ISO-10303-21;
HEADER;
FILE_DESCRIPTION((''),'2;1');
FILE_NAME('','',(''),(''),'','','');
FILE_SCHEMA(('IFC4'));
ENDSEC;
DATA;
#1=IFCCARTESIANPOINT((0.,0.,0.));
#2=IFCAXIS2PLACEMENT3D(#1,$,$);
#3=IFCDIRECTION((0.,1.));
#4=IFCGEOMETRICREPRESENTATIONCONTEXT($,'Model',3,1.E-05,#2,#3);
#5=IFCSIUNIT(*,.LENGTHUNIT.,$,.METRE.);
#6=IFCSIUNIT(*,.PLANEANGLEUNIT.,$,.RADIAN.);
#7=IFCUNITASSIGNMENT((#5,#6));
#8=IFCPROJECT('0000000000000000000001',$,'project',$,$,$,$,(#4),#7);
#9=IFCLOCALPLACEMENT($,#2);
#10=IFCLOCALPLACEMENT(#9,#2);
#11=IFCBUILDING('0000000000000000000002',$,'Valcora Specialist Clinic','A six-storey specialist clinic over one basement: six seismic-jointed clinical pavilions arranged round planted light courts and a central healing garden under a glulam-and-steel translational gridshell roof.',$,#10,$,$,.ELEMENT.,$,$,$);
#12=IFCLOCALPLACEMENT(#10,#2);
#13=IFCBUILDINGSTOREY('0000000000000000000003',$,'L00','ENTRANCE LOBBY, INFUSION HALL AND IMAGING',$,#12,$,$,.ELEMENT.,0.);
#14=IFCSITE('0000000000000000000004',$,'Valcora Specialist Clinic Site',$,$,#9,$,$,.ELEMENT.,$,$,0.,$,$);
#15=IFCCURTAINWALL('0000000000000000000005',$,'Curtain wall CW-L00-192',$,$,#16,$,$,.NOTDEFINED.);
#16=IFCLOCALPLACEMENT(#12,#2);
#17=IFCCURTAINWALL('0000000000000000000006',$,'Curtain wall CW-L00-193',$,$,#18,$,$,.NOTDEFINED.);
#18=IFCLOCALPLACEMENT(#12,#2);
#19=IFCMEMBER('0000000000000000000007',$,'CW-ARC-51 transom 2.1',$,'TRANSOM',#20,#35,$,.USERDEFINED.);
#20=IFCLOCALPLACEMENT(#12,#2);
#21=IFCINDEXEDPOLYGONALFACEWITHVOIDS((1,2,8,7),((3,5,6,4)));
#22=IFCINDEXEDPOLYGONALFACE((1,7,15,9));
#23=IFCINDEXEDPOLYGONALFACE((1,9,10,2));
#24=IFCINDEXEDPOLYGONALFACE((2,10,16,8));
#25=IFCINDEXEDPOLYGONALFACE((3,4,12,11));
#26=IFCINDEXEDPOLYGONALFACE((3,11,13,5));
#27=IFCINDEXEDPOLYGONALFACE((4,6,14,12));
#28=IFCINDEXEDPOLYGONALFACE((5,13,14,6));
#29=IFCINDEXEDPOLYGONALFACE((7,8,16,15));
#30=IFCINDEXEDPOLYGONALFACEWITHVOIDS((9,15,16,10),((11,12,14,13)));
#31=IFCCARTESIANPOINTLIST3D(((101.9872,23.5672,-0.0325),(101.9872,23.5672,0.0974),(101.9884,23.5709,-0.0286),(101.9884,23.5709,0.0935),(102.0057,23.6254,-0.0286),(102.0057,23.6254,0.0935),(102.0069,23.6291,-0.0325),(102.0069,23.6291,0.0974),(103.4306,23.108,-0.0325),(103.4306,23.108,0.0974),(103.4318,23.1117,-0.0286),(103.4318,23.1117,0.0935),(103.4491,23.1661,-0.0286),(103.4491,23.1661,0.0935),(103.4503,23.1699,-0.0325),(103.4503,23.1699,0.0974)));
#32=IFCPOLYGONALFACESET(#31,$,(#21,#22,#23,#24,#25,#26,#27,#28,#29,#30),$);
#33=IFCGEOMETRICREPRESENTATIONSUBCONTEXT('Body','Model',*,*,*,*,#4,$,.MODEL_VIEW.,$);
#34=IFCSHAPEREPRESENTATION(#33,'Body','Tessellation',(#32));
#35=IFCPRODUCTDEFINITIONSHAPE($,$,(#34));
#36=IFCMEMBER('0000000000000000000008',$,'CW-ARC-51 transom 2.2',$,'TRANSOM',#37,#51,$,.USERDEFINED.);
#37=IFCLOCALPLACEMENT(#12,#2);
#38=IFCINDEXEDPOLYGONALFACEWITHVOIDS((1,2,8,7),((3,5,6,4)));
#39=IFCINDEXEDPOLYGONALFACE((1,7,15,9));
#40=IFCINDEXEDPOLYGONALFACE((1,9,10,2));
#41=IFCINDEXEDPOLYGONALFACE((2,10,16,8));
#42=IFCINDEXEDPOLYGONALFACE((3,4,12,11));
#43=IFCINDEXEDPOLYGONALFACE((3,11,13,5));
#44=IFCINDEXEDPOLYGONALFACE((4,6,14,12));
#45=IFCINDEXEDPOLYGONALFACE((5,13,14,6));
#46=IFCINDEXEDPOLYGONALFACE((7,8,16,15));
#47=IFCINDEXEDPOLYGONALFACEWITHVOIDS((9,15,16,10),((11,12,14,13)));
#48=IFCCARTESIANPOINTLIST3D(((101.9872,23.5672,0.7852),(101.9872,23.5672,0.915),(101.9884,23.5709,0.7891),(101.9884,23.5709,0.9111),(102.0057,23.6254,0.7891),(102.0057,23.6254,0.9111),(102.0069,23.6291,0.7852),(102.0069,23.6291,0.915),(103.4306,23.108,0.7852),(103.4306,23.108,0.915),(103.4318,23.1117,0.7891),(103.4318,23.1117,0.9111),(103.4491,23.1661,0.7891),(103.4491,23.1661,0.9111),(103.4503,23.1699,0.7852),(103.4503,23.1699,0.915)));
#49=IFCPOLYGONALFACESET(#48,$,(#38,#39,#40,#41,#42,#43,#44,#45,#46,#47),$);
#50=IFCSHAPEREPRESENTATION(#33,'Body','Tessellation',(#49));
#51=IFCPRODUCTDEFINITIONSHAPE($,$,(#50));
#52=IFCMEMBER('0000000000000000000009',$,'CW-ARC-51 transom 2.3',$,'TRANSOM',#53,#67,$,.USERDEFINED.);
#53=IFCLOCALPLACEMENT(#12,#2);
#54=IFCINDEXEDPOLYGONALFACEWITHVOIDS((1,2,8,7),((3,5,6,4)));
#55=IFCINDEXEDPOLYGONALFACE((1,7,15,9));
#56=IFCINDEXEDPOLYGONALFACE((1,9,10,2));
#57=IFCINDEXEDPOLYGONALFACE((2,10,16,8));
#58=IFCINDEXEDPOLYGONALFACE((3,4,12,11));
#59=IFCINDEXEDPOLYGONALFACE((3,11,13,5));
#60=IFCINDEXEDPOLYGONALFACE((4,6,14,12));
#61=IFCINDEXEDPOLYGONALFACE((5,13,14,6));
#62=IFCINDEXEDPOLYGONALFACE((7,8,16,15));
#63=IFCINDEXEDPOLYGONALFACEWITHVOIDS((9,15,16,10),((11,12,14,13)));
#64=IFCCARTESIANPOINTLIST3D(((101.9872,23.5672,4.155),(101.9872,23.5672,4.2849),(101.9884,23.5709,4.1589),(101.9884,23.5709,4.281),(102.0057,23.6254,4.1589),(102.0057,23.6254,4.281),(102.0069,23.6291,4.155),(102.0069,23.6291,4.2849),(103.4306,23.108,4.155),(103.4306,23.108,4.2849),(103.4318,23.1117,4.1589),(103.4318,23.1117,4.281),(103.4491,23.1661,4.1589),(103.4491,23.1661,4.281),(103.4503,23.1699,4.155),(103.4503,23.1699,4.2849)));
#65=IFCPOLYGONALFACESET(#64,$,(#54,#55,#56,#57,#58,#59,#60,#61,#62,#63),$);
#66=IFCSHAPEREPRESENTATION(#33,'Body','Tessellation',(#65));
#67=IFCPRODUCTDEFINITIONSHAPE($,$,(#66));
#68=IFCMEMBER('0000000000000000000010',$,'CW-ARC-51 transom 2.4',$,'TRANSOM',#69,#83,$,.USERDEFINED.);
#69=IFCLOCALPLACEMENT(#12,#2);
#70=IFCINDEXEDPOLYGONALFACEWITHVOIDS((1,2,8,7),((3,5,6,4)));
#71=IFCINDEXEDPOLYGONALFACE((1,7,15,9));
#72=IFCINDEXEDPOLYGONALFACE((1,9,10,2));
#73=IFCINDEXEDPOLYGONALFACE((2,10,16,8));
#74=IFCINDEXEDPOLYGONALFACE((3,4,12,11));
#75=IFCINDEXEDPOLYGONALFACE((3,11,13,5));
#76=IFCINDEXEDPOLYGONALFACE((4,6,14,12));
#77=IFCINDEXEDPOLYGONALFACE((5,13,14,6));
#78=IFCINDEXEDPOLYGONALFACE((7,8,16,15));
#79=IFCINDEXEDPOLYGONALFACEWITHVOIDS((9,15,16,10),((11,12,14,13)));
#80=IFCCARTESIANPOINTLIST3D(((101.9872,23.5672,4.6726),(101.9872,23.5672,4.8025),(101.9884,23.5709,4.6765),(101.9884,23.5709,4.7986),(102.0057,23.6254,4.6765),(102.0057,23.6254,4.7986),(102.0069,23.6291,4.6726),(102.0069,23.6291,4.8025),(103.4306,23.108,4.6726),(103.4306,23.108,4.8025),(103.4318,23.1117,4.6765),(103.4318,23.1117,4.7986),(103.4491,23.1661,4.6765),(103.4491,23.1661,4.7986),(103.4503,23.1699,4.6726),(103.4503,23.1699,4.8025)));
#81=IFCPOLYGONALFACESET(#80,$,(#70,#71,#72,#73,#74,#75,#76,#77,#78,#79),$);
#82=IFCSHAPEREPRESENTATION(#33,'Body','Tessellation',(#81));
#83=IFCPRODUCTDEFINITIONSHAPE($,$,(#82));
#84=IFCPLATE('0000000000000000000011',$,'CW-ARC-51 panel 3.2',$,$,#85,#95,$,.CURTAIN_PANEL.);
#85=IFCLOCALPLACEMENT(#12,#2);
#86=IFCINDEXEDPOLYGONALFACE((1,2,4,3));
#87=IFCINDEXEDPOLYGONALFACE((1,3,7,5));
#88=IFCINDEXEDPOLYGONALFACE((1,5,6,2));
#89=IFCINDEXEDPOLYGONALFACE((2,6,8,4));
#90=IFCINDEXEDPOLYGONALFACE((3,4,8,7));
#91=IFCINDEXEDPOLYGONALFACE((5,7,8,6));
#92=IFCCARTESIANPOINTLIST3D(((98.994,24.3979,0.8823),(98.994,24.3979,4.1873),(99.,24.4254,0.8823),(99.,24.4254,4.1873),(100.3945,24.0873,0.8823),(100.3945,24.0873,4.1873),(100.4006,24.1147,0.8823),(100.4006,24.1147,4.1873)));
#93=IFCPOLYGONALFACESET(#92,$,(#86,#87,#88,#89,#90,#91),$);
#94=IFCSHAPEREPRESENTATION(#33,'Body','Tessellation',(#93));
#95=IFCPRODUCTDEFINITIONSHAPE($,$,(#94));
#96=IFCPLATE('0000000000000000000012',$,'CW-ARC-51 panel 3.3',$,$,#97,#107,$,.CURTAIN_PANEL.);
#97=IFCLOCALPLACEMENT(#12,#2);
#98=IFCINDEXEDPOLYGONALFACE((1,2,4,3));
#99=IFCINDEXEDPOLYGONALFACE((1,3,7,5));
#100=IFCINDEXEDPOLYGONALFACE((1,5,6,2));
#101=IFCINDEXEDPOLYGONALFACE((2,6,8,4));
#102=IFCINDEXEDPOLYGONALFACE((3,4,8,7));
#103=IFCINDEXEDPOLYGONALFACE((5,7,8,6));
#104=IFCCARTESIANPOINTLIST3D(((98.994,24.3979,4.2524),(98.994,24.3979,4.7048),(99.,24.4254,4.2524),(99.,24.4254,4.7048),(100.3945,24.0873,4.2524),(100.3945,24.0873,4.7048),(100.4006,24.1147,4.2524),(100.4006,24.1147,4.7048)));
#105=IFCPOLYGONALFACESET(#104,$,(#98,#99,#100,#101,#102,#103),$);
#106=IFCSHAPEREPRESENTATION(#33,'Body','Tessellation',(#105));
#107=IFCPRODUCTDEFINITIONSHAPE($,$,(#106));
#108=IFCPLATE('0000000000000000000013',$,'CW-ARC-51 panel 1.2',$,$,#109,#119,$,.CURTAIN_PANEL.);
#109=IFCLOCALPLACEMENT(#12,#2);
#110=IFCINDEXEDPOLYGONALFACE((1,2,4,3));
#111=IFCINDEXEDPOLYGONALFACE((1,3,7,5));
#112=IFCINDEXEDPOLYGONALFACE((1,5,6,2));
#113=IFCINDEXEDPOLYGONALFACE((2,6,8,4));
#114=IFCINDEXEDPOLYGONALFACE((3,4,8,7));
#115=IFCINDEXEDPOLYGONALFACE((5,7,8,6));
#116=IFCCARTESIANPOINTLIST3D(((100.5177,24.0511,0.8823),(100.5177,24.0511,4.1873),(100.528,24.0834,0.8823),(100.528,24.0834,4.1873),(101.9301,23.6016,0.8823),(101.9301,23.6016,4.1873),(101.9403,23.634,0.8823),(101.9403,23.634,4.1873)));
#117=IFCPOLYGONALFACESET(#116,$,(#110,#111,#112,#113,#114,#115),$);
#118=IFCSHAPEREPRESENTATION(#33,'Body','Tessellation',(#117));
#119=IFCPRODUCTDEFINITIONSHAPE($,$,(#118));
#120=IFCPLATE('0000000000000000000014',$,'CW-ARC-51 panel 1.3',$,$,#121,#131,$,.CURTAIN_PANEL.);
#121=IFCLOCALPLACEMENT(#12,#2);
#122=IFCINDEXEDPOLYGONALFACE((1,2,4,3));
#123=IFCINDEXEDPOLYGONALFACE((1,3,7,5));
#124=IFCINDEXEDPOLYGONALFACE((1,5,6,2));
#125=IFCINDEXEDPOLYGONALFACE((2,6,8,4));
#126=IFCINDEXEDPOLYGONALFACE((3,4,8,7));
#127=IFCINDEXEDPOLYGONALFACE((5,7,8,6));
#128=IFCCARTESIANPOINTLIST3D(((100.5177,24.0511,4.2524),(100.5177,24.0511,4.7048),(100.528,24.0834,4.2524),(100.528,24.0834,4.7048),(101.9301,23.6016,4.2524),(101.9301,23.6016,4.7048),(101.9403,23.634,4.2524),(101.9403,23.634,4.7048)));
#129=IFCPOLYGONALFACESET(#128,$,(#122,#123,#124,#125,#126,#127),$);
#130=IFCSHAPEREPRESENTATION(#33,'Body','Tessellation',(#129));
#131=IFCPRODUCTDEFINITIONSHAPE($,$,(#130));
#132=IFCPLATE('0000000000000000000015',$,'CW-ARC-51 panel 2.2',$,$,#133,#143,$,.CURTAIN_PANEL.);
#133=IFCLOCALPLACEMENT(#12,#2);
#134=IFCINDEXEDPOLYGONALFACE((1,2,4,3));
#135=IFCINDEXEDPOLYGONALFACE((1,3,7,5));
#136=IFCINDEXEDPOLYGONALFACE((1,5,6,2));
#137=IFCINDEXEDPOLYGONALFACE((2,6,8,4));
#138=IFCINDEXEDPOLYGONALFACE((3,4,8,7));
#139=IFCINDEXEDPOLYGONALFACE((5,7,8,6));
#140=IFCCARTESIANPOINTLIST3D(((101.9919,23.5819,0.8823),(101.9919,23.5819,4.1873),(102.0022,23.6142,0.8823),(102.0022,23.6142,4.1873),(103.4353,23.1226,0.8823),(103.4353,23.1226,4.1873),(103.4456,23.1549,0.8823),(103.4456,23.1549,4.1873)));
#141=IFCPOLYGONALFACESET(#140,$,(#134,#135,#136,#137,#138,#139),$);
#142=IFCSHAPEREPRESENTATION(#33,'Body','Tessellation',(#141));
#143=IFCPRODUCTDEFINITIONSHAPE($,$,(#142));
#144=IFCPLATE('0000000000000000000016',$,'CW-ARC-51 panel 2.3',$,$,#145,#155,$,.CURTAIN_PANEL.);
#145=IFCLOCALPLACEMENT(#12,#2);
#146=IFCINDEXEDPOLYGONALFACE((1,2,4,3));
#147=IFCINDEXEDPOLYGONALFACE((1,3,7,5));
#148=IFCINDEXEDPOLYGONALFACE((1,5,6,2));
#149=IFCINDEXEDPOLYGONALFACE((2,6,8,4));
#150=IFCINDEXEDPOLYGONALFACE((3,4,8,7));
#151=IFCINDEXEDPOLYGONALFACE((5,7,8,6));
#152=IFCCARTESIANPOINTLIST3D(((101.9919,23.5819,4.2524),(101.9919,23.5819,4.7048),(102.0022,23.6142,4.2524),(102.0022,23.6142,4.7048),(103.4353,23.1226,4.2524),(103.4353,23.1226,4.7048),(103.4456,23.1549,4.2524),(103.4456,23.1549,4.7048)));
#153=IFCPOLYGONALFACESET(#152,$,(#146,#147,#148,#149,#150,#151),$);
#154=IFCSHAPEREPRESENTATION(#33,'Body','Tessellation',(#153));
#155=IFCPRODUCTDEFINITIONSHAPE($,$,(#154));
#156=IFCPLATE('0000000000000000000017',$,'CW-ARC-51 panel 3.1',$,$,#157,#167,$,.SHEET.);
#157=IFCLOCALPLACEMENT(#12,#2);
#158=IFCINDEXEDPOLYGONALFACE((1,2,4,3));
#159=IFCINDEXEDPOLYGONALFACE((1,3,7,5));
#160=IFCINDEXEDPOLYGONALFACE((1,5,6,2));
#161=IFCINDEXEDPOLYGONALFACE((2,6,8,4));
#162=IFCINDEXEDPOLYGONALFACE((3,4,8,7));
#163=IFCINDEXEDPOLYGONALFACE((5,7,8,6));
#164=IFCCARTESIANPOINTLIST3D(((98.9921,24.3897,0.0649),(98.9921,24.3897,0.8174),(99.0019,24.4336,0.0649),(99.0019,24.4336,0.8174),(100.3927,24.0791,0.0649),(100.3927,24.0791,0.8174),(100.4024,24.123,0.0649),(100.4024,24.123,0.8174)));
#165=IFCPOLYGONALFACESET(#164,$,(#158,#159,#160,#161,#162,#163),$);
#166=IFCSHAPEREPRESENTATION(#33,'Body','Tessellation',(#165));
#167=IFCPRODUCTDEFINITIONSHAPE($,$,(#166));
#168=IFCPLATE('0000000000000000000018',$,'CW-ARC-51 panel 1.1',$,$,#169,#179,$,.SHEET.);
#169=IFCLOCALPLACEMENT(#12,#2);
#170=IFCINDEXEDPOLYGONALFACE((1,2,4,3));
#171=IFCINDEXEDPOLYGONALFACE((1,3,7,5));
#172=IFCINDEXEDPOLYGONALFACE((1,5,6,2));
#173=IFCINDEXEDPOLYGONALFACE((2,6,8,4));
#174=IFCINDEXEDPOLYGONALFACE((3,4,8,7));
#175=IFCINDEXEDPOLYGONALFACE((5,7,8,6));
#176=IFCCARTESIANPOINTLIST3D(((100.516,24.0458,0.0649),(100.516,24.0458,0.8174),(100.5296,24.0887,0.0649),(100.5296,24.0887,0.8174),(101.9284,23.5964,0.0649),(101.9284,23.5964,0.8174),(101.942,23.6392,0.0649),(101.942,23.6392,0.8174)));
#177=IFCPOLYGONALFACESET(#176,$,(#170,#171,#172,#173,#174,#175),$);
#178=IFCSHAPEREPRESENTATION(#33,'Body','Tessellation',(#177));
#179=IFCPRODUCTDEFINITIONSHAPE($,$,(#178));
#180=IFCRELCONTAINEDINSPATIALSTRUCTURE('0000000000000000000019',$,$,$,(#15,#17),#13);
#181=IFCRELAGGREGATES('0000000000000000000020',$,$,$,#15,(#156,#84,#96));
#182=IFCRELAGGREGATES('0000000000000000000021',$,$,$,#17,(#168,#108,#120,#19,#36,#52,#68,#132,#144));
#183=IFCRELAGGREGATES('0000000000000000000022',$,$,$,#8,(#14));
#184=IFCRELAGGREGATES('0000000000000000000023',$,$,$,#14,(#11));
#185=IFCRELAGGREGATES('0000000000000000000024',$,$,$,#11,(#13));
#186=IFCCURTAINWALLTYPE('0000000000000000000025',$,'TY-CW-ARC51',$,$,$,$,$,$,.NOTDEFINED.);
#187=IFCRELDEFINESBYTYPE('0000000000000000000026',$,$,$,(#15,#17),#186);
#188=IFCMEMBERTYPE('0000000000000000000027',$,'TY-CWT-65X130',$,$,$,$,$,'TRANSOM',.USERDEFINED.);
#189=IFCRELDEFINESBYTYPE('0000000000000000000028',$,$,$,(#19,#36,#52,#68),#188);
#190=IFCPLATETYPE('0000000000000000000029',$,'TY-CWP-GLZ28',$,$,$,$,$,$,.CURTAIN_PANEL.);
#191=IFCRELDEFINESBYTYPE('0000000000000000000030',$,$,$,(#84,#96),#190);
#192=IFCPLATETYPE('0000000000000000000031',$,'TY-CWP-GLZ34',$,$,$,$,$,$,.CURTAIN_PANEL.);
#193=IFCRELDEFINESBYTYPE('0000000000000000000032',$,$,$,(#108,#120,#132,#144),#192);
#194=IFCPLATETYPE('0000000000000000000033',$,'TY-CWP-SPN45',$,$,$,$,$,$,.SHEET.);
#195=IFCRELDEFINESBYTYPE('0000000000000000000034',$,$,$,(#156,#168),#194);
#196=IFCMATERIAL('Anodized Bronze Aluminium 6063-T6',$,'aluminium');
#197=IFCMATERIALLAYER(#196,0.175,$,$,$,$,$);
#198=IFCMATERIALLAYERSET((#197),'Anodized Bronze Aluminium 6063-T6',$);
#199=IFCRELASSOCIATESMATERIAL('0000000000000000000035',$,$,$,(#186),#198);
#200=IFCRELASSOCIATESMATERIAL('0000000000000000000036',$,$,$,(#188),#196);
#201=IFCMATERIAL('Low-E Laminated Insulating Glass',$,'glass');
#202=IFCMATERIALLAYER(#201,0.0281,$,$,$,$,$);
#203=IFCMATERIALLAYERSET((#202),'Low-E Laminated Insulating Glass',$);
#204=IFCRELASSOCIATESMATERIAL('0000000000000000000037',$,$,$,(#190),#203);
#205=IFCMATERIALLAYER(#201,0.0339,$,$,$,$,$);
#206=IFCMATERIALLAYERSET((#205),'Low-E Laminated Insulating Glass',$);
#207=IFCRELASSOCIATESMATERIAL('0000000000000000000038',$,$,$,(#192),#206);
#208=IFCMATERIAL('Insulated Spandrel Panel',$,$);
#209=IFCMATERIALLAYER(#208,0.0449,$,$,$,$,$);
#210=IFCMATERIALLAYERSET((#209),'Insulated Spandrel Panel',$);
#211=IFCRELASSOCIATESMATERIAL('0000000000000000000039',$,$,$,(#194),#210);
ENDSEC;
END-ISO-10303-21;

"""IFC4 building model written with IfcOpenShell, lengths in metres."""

from ifc_helpers import new_model, si_unit, direction, frame, origin, origin_2d, place, context, subcontext, project, spatial, rectangle, hollow_rectangle, extrude, material, layer, layer_set, material_profile, profile_set, type_object, element, aggregate, save


model = new_model("IFC4")

# Units and contexts
model_context = context("Model", 3, precision=1e-05, world=origin(), true_north=direction((0.0, 1.0)))
body_context = subcontext(model_context, "Body", "Model", "MODEL_VIEW")
ifc_project = project(units=[si_unit("LENGTHUNIT", "METRE"), si_unit("PLANEANGLEUNIT", "RADIAN")], contexts=[model_context])

# Site, building, storey
site_placement = place(None, origin())
site = spatial("IfcSite", under=ifc_project, at=site_placement, Name="Valcora Specialist Clinic Site", CompositionType="ELEMENT", RefElevation=0.0)
building_placement = place(site_placement, origin())
building = spatial("IfcBuilding", under=site, at=building_placement, Name="Valcora Specialist Clinic", Description="A six-storey specialist clinic over one basement: six seismic-jointed clinical pavilions arranged round planted light courts and a central healing garden under a glulam-and-steel translational gridshell roof.", CompositionType="ELEMENT")
storey_placement = place(building_placement, origin())
storey = spatial("IfcBuildingStorey", under=building, at=storey_placement, Name="L00", Description="ENTRANCE LOBBY, INFUSION HALL AND IMAGING", CompositionType="ELEMENT", Elevation=0.0)

# Curtain wall
ifc_material_1 = material(Name="Anodized Bronze Aluminium 6063-T6", Category="aluminium")
ifc_layer_1 = layer(ifc_material_1, 0.175)
ifc_layer_set_1 = layer_set([ifc_layer_1], Name="Anodized Bronze Aluminium 6063-T6")
curtain_wall_type = type_object("IfcCurtainWallType", Name="TY-CW-ARC51", PredefinedType="NOTDEFINED", material=ifc_layer_set_1)
curtain_wall_1_placement = place(storey_placement, origin())
curtain_wall_1 = element("IfcCurtainWall", 1, at=curtain_wall_1_placement, inside=storey, type_object=curtain_wall_type, Name="Curtain wall CW-L00-192", PredefinedType="NOTDEFINED")

# Curtain wall
curtain_wall_2_placement = place(storey_placement, origin())
curtain_wall_2 = element("IfcCurtainWall", 2, at=curtain_wall_2_placement, inside=storey, type_object=curtain_wall_type, Name="Curtain wall CW-L00-193", PredefinedType="NOTDEFINED")

# Members
ifc_material_profile_1 = material_profile(ifc_material_1, hollow_rectangle(XDim=0.0649, YDim=0.1299, WallThickness=0.0039, at=origin_2d()), Name="AL-TRN-65X130")
ifc_profile_set_1 = profile_set([ifc_material_profile_1], Name="Anodized Bronze Aluminium 6063-T6")
member_type_1 = type_object("IfcMemberType", Name="TY-CWT-65X130", ElementType="TRANSOM", PredefinedType="USERDEFINED", material=ifc_profile_set_1)
member_1_placement = place(storey_placement, frame((101.9971, 23.5981, 0.0325), z_axis=(0.95293, -0.30319, 0.0), x_axis=(0.30319, 0.95293, 0.0)))
member_1 = element("IfcMember", 3, at=member_1_placement, type_object=member_type_1, Name="CW-ARC-51 transom 2.1", ObjectType="TRANSOM", PredefinedType="USERDEFINED", context=body_context, shape_type="SweptSolid", body=[
    extrude(hollow_rectangle(XDim=0.0649, YDim=0.1299, WallThickness=0.0039, at=origin_2d()), origin(), (0.0, 0.0, 1.0), 1.5146),
])
member_2_placement = place(storey_placement, frame((101.9971, 23.5981, 0.8501), z_axis=(0.95293, -0.30319, 0.0), x_axis=(0.30319, 0.95293, 0.0)))
member_2 = element("IfcMember", 4, at=member_2_placement, type_object=member_type_1, Name="CW-ARC-51 transom 2.2", ObjectType="TRANSOM", PredefinedType="USERDEFINED", context=body_context, shape_type="SweptSolid", body=[
    extrude(hollow_rectangle(XDim=0.0649, YDim=0.1299, WallThickness=0.0039, at=origin_2d()), origin(), (0.0, 0.0, 1.0), 1.5146),
])
member_3_placement = place(storey_placement, frame((101.9971, 23.5981, 4.22), z_axis=(0.95293, -0.30319, 0.0), x_axis=(0.30319, 0.95293, 0.0)))
member_3 = element("IfcMember", 5, at=member_3_placement, type_object=member_type_1, Name="CW-ARC-51 transom 2.3", ObjectType="TRANSOM", PredefinedType="USERDEFINED", context=body_context, shape_type="SweptSolid", body=[
    extrude(hollow_rectangle(XDim=0.0649, YDim=0.1299, WallThickness=0.0039, at=origin_2d()), origin(), (0.0, 0.0, 1.0), 1.5146),
])
member_4_placement = place(storey_placement, frame((101.9971, 23.5981, 4.7375), z_axis=(0.95293, -0.30319, 0.0), x_axis=(0.30319, 0.95293, 0.0)))
member_4 = element("IfcMember", 6, at=member_4_placement, type_object=member_type_1, Name="CW-ARC-51 transom 2.4", ObjectType="TRANSOM", PredefinedType="USERDEFINED", context=body_context, shape_type="SweptSolid", body=[
    extrude(hollow_rectangle(XDim=0.0649, YDim=0.1299, WallThickness=0.0039, at=origin_2d()), origin(), (0.0, 0.0, 1.0), 1.5146),
])

# Plates
ifc_material_2 = material(Name="Low-E Laminated Insulating Glass", Category="glass")
ifc_layer_2 = layer(ifc_material_2, 0.0281)
ifc_layer_set_2 = layer_set([ifc_layer_2], Name="Low-E Laminated Insulating Glass")
plate_type_1 = type_object("IfcPlateType", Name="TY-CWP-GLZ28", PredefinedType="CURTAIN_PANEL", material=ifc_layer_set_2)
plate_1_placement = place(storey_placement, frame((99.6973, 24.2563, 0.8823), z_axis=(0.0, 0.0, 1.0), x_axis=(0.976279, -0.216518, 0.0)))
plate_1 = element("IfcPlate", 7, at=plate_1_placement, type_object=plate_type_1, Name="CW-ARC-51 panel 3.2", PredefinedType="CURTAIN_PANEL", context=body_context, shape_type="SweptSolid", body=[
    extrude(rectangle(XDim=1.4346, YDim=0.0281, at=origin_2d()), origin(), (0.0, 0.0, 1.0), 3.3049),
])
plate_2_placement = place(storey_placement, frame((99.6973, 24.2563, 4.2524), z_axis=(0.0, 0.0, 1.0), x_axis=(0.976279, -0.216518, 0.0)))
plate_2 = element("IfcPlate", 8, at=plate_2_placement, type_object=plate_type_1, Name="CW-ARC-51 panel 3.3", PredefinedType="CURTAIN_PANEL", context=body_context, shape_type="SweptSolid", body=[
    extrude(rectangle(XDim=1.4346, YDim=0.0281, at=origin_2d()), origin(), (0.0, 0.0, 1.0), 0.4524),
])
ifc_layer_3 = layer(ifc_material_2, 0.0339)
ifc_layer_set_3 = layer_set([ifc_layer_3], Name="Low-E Laminated Insulating Glass")
plate_type_2 = type_object("IfcPlateType", Name="TY-CWP-GLZ34", PredefinedType="CURTAIN_PANEL", material=ifc_layer_set_3)
plate_3_placement = place(storey_placement, frame((101.229, 23.8425, 0.8823), z_axis=(0.0, 0.0, 1.0), x_axis=(0.952916, -0.303233, 0.0)))
plate_3 = element("IfcPlate", 9, at=plate_3_placement, type_object=plate_type_2, Name="CW-ARC-51 panel 1.2", PredefinedType="CURTAIN_PANEL", context=body_context, shape_type="SweptSolid", body=[
    extrude(rectangle(XDim=1.4822, YDim=0.0339, at=origin_2d()), origin(), (0.0, 0.0, 1.0), 3.3049),
])
plate_4_placement = place(storey_placement, frame((101.229, 23.8425, 4.2524), z_axis=(0.0, 0.0, 1.0), x_axis=(0.952916, -0.303233, 0.0)))
plate_4 = element("IfcPlate", 10, at=plate_4_placement, type_object=plate_type_2, Name="CW-ARC-51 panel 1.3", PredefinedType="CURTAIN_PANEL", context=body_context, shape_type="SweptSolid", body=[
    extrude(rectangle(XDim=1.4822, YDim=0.0339, at=origin_2d()), origin(), (0.0, 0.0, 1.0), 0.4524),
])
plate_5_placement = place(storey_placement, frame((102.7188, 23.3684, 0.8823), z_axis=(0.0, 0.0, 1.0), x_axis=(0.952916, -0.303233, 0.0)))
plate_5 = element("IfcPlate", 11, at=plate_5_placement, type_object=plate_type_2, Name="CW-ARC-51 panel 2.2", PredefinedType="CURTAIN_PANEL", context=body_context, shape_type="SweptSolid", body=[
    extrude(rectangle(XDim=1.5146, YDim=0.0339, at=origin_2d()), origin(), (0.0, 0.0, 1.0), 3.3049),
])
plate_6_placement = place(storey_placement, frame((102.7188, 23.3684, 4.2524), z_axis=(0.0, 0.0, 1.0), x_axis=(0.952916, -0.303233, 0.0)))
plate_6 = element("IfcPlate", 12, at=plate_6_placement, type_object=plate_type_2, Name="CW-ARC-51 panel 2.3", PredefinedType="CURTAIN_PANEL", context=body_context, shape_type="SweptSolid", body=[
    extrude(rectangle(XDim=1.5146, YDim=0.0339, at=origin_2d()), origin(), (0.0, 0.0, 1.0), 0.4524),
])
ifc_material_3 = material(Name="Insulated Spandrel Panel")
ifc_layer_4 = layer(ifc_material_3, 0.0449)
ifc_layer_set_4 = layer_set([ifc_layer_4], Name="Insulated Spandrel Panel")
plate_type_3 = type_object("IfcPlateType", Name="TY-CWP-SPN45", PredefinedType="SHEET", material=ifc_layer_set_4)
plate_7_placement = place(storey_placement, frame((99.6973, 24.2563, 0.0649), z_axis=(0.0, 0.0, 1.0), x_axis=(0.976279, -0.216518, 0.0)))
plate_7 = element("IfcPlate", 13, at=plate_7_placement, type_object=plate_type_3, Name="CW-ARC-51 panel 3.1", PredefinedType="SHEET", context=body_context, shape_type="SweptSolid", body=[
    extrude(rectangle(XDim=1.4346, YDim=0.0449, at=origin_2d()), origin(), (0.0, 0.0, 1.0), 0.7524),
])
aggregate(curtain_wall_1, [plate_7, plate_1, plate_2])
plate_8_placement = place(storey_placement, frame((101.229, 23.8425, 0.0649), z_axis=(0.0, 0.0, 1.0), x_axis=(0.952916, -0.303233, 0.0)))
plate_8 = element("IfcPlate", 14, at=plate_8_placement, type_object=plate_type_3, Name="CW-ARC-51 panel 1.1", PredefinedType="SHEET", context=body_context, shape_type="SweptSolid", body=[
    extrude(rectangle(XDim=1.4822, YDim=0.0449, at=origin_2d()), origin(), (0.0, 0.0, 1.0), 0.7524),
])
aggregate(curtain_wall_2, [plate_8, plate_3, plate_4, member_1, member_2, member_3, member_4, plate_5, plate_6])

save(model, "model.ifc")
